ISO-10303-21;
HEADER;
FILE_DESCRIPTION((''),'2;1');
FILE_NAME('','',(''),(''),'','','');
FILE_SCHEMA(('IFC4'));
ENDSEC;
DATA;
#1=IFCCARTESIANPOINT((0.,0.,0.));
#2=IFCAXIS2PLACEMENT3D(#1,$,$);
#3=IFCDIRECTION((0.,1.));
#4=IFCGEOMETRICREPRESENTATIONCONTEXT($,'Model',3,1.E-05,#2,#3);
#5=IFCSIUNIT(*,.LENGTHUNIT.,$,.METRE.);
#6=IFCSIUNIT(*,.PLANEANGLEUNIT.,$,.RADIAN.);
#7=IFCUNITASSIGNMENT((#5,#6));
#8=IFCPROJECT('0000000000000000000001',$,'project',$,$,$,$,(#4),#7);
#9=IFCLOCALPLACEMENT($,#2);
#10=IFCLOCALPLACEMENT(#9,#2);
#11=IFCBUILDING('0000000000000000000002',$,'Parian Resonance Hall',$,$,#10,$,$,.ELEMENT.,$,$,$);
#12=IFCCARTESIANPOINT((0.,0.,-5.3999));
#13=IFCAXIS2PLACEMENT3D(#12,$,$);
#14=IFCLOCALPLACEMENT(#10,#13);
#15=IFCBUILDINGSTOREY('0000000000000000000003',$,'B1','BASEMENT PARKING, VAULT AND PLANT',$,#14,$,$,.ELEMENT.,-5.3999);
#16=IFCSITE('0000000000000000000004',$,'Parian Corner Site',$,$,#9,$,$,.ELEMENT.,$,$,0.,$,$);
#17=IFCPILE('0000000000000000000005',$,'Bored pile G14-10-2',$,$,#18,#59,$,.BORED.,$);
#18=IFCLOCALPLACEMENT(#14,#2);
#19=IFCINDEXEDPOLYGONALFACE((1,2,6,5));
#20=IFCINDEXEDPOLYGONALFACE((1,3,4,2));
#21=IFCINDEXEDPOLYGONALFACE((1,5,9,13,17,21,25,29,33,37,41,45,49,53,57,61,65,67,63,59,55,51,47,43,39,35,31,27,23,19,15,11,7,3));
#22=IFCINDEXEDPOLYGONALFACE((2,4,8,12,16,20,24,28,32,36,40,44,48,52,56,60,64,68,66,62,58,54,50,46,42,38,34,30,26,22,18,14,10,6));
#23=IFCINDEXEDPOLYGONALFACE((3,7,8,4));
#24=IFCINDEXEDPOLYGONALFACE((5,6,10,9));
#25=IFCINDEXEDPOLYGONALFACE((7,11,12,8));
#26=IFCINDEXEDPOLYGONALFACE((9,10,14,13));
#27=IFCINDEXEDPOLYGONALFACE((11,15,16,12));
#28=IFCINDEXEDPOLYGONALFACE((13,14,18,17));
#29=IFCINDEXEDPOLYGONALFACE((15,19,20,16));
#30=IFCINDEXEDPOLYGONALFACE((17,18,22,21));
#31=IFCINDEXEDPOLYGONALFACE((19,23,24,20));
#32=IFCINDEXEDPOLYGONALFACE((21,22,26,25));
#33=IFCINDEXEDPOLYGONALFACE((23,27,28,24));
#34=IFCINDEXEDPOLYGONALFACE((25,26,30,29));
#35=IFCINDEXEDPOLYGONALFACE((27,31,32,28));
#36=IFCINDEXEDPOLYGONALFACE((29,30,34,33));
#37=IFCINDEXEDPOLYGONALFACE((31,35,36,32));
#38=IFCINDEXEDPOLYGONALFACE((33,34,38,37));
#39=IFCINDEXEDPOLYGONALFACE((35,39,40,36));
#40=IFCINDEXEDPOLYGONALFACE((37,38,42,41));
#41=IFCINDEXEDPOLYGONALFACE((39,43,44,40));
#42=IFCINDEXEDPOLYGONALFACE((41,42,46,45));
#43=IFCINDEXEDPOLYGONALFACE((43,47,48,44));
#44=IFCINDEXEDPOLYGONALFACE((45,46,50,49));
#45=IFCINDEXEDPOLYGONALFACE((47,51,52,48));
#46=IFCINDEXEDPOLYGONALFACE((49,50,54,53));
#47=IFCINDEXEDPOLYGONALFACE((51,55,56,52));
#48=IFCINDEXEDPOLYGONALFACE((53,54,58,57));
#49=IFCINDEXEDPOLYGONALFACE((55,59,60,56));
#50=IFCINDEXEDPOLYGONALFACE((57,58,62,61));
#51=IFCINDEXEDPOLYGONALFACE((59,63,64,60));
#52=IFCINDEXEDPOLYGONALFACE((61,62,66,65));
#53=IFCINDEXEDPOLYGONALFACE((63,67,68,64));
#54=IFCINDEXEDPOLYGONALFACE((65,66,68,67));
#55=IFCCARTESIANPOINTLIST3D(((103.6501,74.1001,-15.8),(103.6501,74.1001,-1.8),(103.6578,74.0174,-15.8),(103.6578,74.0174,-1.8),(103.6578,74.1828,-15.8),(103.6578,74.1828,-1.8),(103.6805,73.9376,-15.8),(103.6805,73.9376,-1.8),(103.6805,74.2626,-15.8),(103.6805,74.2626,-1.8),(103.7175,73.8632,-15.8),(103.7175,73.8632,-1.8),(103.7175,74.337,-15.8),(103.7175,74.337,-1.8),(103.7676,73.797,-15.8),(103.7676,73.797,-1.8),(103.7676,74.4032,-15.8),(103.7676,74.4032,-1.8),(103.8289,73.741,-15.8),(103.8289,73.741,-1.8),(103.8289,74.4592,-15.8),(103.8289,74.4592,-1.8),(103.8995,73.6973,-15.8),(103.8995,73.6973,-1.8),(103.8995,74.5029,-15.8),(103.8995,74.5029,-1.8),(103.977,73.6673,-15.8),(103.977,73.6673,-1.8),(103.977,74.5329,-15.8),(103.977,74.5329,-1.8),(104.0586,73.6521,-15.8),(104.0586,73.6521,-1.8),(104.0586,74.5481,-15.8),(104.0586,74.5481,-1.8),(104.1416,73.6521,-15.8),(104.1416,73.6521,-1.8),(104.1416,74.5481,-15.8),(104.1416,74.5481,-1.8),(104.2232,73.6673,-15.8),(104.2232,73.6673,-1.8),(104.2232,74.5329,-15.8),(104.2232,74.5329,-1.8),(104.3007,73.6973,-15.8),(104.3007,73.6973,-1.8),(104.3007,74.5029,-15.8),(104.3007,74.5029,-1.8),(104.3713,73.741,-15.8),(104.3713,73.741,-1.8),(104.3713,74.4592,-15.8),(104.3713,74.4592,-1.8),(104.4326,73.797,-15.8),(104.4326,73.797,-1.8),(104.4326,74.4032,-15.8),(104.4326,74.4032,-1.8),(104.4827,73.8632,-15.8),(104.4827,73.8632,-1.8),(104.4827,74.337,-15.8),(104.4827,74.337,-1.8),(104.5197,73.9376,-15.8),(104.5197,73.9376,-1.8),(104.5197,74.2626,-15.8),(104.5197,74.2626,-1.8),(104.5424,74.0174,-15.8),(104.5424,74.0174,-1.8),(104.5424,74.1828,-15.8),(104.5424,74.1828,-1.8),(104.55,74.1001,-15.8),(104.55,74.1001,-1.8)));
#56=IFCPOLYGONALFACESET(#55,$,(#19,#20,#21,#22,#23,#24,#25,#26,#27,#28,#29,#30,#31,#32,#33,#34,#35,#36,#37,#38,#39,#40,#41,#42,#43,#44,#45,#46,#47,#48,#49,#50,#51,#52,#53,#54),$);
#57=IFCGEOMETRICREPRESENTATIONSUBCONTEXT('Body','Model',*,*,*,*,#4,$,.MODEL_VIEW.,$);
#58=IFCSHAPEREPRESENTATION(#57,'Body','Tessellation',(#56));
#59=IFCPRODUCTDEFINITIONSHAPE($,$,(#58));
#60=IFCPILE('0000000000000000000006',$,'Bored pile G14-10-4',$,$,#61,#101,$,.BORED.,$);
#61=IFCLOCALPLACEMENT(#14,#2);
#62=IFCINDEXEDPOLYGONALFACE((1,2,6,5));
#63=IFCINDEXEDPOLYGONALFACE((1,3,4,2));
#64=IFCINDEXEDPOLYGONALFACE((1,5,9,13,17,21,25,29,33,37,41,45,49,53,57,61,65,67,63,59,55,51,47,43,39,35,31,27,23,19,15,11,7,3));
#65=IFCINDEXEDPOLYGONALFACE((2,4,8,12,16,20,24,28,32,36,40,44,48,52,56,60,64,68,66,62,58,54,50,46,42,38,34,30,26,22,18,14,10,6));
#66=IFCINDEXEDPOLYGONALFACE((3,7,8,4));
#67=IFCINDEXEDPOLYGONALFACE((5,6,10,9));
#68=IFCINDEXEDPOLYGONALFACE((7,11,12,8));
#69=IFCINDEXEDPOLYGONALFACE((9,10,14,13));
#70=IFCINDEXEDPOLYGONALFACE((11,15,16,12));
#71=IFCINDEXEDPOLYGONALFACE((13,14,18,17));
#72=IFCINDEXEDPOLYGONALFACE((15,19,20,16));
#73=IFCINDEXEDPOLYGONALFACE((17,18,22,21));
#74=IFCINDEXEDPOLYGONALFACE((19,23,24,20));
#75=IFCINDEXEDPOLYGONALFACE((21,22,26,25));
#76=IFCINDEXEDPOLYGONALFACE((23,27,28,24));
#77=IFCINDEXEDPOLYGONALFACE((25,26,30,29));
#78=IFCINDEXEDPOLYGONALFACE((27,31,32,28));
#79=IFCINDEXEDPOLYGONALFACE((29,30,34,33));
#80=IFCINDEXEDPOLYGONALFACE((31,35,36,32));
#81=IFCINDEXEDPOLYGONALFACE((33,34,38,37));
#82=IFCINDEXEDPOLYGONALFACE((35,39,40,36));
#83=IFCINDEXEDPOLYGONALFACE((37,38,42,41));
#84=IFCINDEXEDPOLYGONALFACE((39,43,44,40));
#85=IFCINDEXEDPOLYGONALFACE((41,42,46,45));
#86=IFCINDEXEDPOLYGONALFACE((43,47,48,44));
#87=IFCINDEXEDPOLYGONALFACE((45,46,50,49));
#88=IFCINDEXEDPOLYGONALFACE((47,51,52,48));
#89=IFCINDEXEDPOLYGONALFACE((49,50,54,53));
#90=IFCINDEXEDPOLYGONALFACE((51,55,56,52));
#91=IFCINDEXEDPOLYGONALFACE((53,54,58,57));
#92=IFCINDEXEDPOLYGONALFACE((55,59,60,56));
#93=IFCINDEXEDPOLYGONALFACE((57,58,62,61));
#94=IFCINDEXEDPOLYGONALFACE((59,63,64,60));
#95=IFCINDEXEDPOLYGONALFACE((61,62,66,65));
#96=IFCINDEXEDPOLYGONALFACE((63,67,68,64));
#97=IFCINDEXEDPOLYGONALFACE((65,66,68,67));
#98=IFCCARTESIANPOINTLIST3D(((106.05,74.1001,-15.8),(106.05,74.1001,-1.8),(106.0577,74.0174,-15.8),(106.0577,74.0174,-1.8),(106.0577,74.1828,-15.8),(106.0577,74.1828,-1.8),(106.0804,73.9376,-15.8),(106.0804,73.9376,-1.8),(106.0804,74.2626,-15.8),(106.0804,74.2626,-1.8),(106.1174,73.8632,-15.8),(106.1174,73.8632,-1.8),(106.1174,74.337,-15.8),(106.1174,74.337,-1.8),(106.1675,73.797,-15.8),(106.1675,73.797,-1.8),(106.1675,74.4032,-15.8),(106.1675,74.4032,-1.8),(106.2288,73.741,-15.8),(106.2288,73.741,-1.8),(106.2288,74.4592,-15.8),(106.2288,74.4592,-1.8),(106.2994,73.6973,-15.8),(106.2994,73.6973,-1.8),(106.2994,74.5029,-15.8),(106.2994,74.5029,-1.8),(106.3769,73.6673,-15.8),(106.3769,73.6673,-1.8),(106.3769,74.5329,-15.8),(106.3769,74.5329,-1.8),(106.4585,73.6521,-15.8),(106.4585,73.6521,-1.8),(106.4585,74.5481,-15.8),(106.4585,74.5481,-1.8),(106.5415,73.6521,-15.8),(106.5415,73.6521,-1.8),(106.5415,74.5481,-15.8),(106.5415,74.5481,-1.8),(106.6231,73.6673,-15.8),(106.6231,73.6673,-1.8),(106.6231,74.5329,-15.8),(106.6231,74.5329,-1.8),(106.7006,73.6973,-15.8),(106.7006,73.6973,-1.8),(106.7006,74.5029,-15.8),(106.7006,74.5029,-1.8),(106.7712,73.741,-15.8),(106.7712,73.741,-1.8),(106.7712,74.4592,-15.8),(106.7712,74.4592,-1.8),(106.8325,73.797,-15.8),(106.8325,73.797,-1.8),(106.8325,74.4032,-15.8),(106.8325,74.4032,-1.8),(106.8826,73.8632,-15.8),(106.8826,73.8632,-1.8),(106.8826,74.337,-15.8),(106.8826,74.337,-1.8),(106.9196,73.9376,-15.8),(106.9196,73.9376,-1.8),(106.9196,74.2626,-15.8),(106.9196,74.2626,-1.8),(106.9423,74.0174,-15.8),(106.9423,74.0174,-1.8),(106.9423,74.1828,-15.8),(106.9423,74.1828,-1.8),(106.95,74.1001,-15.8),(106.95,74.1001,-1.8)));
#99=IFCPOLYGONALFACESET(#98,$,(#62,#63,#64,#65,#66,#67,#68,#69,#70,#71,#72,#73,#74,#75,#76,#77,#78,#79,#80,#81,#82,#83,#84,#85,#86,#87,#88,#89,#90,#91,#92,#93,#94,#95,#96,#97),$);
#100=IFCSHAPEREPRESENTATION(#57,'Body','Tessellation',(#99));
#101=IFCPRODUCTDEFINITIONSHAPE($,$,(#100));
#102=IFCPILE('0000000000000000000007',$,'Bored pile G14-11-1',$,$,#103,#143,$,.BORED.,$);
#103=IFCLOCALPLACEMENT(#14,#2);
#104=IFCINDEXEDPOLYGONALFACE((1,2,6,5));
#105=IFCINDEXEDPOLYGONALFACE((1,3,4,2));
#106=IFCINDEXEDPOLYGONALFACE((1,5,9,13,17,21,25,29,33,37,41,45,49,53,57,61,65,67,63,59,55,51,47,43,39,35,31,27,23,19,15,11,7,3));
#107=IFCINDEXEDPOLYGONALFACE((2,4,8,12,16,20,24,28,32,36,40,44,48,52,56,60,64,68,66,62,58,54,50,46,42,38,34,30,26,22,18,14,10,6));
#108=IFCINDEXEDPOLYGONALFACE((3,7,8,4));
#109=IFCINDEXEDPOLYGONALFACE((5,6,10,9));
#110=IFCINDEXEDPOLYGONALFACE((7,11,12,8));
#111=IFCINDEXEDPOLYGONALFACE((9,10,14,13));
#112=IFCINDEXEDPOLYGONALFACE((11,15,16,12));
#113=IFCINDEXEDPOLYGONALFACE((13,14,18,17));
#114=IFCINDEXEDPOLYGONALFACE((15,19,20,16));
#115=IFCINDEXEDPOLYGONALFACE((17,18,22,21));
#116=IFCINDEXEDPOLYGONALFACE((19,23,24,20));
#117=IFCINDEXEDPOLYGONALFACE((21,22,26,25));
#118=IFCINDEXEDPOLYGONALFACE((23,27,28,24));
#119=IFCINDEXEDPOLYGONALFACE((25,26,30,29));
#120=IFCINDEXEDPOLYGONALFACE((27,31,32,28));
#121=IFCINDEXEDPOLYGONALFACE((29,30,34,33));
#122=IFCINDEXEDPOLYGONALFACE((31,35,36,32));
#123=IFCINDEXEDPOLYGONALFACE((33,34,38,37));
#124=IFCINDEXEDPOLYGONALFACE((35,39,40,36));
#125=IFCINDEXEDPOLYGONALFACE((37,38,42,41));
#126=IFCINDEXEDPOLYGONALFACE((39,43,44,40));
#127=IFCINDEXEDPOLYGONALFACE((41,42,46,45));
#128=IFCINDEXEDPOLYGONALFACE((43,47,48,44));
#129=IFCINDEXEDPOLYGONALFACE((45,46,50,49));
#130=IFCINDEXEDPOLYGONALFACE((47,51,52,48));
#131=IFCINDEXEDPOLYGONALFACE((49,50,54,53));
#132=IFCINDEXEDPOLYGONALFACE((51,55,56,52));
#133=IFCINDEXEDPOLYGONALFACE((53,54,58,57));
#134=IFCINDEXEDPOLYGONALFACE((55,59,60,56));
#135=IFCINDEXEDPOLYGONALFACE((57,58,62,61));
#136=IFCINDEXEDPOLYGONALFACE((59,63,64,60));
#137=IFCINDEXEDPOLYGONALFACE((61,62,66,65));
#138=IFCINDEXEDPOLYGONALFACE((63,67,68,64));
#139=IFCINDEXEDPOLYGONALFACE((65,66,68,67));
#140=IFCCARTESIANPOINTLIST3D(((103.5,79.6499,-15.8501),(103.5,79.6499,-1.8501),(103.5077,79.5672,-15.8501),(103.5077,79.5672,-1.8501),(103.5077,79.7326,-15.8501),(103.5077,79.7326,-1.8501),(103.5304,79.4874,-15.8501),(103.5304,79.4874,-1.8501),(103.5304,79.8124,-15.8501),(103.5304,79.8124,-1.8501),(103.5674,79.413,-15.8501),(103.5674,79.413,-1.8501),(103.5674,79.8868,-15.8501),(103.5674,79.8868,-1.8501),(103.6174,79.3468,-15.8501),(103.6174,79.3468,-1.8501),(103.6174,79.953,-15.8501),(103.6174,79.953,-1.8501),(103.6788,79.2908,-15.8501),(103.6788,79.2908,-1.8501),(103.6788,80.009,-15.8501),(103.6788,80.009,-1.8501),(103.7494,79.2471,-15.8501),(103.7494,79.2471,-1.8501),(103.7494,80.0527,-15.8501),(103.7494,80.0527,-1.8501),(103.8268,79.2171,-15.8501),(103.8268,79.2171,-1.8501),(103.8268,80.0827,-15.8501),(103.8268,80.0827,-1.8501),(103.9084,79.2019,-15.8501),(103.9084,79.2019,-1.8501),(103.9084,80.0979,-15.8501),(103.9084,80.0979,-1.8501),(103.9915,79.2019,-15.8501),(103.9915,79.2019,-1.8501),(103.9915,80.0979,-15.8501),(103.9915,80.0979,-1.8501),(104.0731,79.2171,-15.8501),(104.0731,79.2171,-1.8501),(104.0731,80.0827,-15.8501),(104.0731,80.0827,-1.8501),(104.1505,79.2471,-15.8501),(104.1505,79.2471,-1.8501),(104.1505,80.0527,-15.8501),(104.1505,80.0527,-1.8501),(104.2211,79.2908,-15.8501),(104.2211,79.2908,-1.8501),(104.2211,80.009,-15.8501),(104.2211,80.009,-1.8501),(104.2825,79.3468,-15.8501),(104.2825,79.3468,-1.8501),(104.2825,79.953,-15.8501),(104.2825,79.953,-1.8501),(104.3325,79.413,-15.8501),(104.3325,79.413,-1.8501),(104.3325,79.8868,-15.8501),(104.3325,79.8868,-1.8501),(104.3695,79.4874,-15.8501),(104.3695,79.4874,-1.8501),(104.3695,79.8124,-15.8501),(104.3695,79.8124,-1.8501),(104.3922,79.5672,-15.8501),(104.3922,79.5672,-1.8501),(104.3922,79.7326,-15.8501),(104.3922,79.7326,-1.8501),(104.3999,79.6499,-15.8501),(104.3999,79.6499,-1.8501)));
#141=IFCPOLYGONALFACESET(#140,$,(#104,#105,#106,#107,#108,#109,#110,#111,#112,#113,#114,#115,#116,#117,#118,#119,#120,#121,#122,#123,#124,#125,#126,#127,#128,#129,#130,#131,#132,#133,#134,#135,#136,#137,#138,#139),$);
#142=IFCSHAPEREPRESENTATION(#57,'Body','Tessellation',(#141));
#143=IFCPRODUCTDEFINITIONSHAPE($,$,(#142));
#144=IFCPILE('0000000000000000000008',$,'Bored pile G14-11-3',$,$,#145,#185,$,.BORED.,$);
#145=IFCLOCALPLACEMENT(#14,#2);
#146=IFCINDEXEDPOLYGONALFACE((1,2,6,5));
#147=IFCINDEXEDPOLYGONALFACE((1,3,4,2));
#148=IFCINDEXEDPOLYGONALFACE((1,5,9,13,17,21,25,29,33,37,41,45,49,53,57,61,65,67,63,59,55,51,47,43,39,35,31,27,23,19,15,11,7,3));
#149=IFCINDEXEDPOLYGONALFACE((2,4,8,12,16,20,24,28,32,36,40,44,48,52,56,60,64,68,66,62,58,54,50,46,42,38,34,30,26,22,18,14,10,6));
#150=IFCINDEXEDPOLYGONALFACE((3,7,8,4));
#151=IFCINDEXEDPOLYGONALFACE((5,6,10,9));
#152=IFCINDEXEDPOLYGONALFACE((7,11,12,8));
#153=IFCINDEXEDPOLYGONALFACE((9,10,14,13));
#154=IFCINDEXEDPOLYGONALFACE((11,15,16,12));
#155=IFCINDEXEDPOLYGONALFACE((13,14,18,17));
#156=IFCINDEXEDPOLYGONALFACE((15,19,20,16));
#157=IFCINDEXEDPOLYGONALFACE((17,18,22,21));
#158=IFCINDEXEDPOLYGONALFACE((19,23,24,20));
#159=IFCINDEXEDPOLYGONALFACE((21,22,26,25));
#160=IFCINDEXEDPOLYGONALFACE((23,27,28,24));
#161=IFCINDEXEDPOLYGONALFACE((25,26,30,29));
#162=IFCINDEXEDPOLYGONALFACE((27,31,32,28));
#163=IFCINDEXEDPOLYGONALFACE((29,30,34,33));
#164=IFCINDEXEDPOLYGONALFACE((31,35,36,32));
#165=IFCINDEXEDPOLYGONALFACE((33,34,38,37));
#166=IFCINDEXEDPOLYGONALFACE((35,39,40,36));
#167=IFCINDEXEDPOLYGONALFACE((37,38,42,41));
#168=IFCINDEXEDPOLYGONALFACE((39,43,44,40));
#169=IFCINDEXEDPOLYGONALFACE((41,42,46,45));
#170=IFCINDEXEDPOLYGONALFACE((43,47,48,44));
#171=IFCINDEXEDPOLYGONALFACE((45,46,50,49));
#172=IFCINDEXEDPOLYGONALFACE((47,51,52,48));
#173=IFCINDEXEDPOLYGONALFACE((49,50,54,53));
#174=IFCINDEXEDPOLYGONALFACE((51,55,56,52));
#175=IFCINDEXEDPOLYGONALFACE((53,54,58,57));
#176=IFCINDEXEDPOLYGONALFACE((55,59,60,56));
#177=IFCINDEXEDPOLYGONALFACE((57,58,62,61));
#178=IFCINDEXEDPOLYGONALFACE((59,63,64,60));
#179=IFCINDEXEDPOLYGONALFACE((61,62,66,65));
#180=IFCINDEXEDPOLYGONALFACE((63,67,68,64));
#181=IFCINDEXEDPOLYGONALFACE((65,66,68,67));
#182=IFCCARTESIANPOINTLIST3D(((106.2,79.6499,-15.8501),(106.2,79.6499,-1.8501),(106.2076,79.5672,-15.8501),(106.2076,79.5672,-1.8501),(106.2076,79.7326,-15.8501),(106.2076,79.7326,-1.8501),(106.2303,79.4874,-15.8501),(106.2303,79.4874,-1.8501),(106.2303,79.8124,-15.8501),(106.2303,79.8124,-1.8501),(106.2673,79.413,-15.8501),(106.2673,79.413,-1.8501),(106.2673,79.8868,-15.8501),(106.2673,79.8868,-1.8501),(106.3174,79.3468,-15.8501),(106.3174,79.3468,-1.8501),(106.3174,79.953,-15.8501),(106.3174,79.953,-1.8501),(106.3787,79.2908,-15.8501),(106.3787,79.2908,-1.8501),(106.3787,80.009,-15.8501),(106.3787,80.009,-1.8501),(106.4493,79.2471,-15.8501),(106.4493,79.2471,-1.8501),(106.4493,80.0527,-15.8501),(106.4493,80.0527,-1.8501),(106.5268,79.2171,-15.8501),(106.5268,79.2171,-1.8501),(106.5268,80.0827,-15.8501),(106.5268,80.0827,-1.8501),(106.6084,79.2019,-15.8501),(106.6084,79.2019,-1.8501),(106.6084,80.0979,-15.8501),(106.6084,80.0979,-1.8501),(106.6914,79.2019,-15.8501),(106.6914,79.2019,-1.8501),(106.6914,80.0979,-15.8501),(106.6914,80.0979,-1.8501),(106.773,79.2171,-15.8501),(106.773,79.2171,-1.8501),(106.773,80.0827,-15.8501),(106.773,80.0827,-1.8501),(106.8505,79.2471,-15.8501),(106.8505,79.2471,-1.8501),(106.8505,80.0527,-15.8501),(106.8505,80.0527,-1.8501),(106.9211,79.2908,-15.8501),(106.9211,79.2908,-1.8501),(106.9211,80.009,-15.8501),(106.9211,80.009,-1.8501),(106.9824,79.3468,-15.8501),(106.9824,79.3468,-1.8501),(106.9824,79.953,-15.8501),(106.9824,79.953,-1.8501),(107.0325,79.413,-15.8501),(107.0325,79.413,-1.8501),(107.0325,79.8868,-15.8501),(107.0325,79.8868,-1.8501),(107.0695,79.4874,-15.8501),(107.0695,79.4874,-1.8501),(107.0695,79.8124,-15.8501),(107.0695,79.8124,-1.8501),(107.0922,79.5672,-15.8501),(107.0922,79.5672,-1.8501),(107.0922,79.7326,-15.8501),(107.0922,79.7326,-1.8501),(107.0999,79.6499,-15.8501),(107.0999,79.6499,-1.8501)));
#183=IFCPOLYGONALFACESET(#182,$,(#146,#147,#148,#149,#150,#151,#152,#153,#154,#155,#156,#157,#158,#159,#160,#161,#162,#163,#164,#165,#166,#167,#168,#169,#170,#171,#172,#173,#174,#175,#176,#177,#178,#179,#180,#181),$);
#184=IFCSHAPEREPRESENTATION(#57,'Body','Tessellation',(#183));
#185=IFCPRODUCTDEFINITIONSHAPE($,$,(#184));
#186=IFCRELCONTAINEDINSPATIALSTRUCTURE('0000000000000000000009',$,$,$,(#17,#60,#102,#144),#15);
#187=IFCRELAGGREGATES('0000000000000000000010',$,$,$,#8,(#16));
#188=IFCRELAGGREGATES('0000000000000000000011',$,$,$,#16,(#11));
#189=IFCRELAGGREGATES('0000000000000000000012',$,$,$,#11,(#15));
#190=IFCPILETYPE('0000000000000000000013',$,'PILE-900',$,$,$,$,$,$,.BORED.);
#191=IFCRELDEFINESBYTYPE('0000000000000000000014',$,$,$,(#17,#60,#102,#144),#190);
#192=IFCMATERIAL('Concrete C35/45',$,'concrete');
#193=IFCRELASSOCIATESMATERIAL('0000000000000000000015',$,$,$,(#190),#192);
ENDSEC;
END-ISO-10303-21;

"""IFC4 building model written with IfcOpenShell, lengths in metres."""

from ifc_helpers import new_model, si_unit, direction, frame, origin, origin_2d, place, context, subcontext, project, spatial, circle, extrude, material, material_profile, profile_set, type_object, element, save


model = new_model("IFC4")

# Units and contexts
model_context = context("Model", 3, precision=1e-05, world=origin(), true_north=direction((0.0, 1.0)))
body_context = subcontext(model_context, "Body", "Model", "MODEL_VIEW")
ifc_project = project(units=[si_unit("LENGTHUNIT", "METRE"), si_unit("PLANEANGLEUNIT", "RADIAN")], contexts=[model_context])

# Site, building, storey
site_placement = place(None, origin())
site = spatial("IfcSite", under=ifc_project, at=site_placement, Name="Parian Corner Site", CompositionType="ELEMENT", RefElevation=0.0)
building_placement = place(site_placement, origin())
building = spatial("IfcBuilding", under=site, at=building_placement, Name="Parian Resonance Hall", CompositionType="ELEMENT")
storey_placement = place(building_placement, frame((0.0, 0.0, -5.3999)))
storey = spatial("IfcBuildingStorey", under=building, at=storey_placement, Name="B1", Description="BASEMENT PARKING, VAULT AND PLANT", CompositionType="ELEMENT", Elevation=-5.3999)

# Piles
ifc_material_1 = material(Name="Concrete C35/45", Category="concrete")
ifc_material_profile_1 = material_profile(ifc_material_1, circle(Radius=0.45, at=origin_2d()), Name="PILE-D900")
ifc_profile_set_1 = profile_set([ifc_material_profile_1], Name="Concrete C35/45")
pile_type_1 = type_object("IfcPileType", Name="PILE-900", PredefinedType="BORED", material=ifc_profile_set_1)
for number, where, z_axis, x_axis, name in (
    (1, (104.1001, 74.1001, -1.8), (0.0, 0.0, -1.0), (1.0, 0.0, 0.0), "Bored pile G14-10-2"),
    (2, (106.5, 74.1001, -1.8), (0.0, 0.0, -1.0), (1.0, 0.0, 0.0), "Bored pile G14-10-4"),
    (3, (103.95, 79.6499, -1.8501), (0.0, 0.0, -1.0), (1.0, 0.0, 0.0), "Bored pile G14-11-1"),
    (4, (106.6499, 79.6499, -1.8501), (0.0, 0.0, -1.0), (1.0, 0.0, 0.0), "Bored pile G14-11-3"),
):
    element("IfcPile", number, at=place(storey_placement, frame(where, z_axis=z_axis, x_axis=x_axis)), inside=storey, type_object=pile_type_1, Name=name, PredefinedType="BORED", context=body_context, shape_type="SweptSolid", body=[
        extrude(circle(Radius=0.45, at=origin_2d()), origin(), (0.0, 0.0, 1.0), 14.0),
    ])

save(model, "model.ifc")
